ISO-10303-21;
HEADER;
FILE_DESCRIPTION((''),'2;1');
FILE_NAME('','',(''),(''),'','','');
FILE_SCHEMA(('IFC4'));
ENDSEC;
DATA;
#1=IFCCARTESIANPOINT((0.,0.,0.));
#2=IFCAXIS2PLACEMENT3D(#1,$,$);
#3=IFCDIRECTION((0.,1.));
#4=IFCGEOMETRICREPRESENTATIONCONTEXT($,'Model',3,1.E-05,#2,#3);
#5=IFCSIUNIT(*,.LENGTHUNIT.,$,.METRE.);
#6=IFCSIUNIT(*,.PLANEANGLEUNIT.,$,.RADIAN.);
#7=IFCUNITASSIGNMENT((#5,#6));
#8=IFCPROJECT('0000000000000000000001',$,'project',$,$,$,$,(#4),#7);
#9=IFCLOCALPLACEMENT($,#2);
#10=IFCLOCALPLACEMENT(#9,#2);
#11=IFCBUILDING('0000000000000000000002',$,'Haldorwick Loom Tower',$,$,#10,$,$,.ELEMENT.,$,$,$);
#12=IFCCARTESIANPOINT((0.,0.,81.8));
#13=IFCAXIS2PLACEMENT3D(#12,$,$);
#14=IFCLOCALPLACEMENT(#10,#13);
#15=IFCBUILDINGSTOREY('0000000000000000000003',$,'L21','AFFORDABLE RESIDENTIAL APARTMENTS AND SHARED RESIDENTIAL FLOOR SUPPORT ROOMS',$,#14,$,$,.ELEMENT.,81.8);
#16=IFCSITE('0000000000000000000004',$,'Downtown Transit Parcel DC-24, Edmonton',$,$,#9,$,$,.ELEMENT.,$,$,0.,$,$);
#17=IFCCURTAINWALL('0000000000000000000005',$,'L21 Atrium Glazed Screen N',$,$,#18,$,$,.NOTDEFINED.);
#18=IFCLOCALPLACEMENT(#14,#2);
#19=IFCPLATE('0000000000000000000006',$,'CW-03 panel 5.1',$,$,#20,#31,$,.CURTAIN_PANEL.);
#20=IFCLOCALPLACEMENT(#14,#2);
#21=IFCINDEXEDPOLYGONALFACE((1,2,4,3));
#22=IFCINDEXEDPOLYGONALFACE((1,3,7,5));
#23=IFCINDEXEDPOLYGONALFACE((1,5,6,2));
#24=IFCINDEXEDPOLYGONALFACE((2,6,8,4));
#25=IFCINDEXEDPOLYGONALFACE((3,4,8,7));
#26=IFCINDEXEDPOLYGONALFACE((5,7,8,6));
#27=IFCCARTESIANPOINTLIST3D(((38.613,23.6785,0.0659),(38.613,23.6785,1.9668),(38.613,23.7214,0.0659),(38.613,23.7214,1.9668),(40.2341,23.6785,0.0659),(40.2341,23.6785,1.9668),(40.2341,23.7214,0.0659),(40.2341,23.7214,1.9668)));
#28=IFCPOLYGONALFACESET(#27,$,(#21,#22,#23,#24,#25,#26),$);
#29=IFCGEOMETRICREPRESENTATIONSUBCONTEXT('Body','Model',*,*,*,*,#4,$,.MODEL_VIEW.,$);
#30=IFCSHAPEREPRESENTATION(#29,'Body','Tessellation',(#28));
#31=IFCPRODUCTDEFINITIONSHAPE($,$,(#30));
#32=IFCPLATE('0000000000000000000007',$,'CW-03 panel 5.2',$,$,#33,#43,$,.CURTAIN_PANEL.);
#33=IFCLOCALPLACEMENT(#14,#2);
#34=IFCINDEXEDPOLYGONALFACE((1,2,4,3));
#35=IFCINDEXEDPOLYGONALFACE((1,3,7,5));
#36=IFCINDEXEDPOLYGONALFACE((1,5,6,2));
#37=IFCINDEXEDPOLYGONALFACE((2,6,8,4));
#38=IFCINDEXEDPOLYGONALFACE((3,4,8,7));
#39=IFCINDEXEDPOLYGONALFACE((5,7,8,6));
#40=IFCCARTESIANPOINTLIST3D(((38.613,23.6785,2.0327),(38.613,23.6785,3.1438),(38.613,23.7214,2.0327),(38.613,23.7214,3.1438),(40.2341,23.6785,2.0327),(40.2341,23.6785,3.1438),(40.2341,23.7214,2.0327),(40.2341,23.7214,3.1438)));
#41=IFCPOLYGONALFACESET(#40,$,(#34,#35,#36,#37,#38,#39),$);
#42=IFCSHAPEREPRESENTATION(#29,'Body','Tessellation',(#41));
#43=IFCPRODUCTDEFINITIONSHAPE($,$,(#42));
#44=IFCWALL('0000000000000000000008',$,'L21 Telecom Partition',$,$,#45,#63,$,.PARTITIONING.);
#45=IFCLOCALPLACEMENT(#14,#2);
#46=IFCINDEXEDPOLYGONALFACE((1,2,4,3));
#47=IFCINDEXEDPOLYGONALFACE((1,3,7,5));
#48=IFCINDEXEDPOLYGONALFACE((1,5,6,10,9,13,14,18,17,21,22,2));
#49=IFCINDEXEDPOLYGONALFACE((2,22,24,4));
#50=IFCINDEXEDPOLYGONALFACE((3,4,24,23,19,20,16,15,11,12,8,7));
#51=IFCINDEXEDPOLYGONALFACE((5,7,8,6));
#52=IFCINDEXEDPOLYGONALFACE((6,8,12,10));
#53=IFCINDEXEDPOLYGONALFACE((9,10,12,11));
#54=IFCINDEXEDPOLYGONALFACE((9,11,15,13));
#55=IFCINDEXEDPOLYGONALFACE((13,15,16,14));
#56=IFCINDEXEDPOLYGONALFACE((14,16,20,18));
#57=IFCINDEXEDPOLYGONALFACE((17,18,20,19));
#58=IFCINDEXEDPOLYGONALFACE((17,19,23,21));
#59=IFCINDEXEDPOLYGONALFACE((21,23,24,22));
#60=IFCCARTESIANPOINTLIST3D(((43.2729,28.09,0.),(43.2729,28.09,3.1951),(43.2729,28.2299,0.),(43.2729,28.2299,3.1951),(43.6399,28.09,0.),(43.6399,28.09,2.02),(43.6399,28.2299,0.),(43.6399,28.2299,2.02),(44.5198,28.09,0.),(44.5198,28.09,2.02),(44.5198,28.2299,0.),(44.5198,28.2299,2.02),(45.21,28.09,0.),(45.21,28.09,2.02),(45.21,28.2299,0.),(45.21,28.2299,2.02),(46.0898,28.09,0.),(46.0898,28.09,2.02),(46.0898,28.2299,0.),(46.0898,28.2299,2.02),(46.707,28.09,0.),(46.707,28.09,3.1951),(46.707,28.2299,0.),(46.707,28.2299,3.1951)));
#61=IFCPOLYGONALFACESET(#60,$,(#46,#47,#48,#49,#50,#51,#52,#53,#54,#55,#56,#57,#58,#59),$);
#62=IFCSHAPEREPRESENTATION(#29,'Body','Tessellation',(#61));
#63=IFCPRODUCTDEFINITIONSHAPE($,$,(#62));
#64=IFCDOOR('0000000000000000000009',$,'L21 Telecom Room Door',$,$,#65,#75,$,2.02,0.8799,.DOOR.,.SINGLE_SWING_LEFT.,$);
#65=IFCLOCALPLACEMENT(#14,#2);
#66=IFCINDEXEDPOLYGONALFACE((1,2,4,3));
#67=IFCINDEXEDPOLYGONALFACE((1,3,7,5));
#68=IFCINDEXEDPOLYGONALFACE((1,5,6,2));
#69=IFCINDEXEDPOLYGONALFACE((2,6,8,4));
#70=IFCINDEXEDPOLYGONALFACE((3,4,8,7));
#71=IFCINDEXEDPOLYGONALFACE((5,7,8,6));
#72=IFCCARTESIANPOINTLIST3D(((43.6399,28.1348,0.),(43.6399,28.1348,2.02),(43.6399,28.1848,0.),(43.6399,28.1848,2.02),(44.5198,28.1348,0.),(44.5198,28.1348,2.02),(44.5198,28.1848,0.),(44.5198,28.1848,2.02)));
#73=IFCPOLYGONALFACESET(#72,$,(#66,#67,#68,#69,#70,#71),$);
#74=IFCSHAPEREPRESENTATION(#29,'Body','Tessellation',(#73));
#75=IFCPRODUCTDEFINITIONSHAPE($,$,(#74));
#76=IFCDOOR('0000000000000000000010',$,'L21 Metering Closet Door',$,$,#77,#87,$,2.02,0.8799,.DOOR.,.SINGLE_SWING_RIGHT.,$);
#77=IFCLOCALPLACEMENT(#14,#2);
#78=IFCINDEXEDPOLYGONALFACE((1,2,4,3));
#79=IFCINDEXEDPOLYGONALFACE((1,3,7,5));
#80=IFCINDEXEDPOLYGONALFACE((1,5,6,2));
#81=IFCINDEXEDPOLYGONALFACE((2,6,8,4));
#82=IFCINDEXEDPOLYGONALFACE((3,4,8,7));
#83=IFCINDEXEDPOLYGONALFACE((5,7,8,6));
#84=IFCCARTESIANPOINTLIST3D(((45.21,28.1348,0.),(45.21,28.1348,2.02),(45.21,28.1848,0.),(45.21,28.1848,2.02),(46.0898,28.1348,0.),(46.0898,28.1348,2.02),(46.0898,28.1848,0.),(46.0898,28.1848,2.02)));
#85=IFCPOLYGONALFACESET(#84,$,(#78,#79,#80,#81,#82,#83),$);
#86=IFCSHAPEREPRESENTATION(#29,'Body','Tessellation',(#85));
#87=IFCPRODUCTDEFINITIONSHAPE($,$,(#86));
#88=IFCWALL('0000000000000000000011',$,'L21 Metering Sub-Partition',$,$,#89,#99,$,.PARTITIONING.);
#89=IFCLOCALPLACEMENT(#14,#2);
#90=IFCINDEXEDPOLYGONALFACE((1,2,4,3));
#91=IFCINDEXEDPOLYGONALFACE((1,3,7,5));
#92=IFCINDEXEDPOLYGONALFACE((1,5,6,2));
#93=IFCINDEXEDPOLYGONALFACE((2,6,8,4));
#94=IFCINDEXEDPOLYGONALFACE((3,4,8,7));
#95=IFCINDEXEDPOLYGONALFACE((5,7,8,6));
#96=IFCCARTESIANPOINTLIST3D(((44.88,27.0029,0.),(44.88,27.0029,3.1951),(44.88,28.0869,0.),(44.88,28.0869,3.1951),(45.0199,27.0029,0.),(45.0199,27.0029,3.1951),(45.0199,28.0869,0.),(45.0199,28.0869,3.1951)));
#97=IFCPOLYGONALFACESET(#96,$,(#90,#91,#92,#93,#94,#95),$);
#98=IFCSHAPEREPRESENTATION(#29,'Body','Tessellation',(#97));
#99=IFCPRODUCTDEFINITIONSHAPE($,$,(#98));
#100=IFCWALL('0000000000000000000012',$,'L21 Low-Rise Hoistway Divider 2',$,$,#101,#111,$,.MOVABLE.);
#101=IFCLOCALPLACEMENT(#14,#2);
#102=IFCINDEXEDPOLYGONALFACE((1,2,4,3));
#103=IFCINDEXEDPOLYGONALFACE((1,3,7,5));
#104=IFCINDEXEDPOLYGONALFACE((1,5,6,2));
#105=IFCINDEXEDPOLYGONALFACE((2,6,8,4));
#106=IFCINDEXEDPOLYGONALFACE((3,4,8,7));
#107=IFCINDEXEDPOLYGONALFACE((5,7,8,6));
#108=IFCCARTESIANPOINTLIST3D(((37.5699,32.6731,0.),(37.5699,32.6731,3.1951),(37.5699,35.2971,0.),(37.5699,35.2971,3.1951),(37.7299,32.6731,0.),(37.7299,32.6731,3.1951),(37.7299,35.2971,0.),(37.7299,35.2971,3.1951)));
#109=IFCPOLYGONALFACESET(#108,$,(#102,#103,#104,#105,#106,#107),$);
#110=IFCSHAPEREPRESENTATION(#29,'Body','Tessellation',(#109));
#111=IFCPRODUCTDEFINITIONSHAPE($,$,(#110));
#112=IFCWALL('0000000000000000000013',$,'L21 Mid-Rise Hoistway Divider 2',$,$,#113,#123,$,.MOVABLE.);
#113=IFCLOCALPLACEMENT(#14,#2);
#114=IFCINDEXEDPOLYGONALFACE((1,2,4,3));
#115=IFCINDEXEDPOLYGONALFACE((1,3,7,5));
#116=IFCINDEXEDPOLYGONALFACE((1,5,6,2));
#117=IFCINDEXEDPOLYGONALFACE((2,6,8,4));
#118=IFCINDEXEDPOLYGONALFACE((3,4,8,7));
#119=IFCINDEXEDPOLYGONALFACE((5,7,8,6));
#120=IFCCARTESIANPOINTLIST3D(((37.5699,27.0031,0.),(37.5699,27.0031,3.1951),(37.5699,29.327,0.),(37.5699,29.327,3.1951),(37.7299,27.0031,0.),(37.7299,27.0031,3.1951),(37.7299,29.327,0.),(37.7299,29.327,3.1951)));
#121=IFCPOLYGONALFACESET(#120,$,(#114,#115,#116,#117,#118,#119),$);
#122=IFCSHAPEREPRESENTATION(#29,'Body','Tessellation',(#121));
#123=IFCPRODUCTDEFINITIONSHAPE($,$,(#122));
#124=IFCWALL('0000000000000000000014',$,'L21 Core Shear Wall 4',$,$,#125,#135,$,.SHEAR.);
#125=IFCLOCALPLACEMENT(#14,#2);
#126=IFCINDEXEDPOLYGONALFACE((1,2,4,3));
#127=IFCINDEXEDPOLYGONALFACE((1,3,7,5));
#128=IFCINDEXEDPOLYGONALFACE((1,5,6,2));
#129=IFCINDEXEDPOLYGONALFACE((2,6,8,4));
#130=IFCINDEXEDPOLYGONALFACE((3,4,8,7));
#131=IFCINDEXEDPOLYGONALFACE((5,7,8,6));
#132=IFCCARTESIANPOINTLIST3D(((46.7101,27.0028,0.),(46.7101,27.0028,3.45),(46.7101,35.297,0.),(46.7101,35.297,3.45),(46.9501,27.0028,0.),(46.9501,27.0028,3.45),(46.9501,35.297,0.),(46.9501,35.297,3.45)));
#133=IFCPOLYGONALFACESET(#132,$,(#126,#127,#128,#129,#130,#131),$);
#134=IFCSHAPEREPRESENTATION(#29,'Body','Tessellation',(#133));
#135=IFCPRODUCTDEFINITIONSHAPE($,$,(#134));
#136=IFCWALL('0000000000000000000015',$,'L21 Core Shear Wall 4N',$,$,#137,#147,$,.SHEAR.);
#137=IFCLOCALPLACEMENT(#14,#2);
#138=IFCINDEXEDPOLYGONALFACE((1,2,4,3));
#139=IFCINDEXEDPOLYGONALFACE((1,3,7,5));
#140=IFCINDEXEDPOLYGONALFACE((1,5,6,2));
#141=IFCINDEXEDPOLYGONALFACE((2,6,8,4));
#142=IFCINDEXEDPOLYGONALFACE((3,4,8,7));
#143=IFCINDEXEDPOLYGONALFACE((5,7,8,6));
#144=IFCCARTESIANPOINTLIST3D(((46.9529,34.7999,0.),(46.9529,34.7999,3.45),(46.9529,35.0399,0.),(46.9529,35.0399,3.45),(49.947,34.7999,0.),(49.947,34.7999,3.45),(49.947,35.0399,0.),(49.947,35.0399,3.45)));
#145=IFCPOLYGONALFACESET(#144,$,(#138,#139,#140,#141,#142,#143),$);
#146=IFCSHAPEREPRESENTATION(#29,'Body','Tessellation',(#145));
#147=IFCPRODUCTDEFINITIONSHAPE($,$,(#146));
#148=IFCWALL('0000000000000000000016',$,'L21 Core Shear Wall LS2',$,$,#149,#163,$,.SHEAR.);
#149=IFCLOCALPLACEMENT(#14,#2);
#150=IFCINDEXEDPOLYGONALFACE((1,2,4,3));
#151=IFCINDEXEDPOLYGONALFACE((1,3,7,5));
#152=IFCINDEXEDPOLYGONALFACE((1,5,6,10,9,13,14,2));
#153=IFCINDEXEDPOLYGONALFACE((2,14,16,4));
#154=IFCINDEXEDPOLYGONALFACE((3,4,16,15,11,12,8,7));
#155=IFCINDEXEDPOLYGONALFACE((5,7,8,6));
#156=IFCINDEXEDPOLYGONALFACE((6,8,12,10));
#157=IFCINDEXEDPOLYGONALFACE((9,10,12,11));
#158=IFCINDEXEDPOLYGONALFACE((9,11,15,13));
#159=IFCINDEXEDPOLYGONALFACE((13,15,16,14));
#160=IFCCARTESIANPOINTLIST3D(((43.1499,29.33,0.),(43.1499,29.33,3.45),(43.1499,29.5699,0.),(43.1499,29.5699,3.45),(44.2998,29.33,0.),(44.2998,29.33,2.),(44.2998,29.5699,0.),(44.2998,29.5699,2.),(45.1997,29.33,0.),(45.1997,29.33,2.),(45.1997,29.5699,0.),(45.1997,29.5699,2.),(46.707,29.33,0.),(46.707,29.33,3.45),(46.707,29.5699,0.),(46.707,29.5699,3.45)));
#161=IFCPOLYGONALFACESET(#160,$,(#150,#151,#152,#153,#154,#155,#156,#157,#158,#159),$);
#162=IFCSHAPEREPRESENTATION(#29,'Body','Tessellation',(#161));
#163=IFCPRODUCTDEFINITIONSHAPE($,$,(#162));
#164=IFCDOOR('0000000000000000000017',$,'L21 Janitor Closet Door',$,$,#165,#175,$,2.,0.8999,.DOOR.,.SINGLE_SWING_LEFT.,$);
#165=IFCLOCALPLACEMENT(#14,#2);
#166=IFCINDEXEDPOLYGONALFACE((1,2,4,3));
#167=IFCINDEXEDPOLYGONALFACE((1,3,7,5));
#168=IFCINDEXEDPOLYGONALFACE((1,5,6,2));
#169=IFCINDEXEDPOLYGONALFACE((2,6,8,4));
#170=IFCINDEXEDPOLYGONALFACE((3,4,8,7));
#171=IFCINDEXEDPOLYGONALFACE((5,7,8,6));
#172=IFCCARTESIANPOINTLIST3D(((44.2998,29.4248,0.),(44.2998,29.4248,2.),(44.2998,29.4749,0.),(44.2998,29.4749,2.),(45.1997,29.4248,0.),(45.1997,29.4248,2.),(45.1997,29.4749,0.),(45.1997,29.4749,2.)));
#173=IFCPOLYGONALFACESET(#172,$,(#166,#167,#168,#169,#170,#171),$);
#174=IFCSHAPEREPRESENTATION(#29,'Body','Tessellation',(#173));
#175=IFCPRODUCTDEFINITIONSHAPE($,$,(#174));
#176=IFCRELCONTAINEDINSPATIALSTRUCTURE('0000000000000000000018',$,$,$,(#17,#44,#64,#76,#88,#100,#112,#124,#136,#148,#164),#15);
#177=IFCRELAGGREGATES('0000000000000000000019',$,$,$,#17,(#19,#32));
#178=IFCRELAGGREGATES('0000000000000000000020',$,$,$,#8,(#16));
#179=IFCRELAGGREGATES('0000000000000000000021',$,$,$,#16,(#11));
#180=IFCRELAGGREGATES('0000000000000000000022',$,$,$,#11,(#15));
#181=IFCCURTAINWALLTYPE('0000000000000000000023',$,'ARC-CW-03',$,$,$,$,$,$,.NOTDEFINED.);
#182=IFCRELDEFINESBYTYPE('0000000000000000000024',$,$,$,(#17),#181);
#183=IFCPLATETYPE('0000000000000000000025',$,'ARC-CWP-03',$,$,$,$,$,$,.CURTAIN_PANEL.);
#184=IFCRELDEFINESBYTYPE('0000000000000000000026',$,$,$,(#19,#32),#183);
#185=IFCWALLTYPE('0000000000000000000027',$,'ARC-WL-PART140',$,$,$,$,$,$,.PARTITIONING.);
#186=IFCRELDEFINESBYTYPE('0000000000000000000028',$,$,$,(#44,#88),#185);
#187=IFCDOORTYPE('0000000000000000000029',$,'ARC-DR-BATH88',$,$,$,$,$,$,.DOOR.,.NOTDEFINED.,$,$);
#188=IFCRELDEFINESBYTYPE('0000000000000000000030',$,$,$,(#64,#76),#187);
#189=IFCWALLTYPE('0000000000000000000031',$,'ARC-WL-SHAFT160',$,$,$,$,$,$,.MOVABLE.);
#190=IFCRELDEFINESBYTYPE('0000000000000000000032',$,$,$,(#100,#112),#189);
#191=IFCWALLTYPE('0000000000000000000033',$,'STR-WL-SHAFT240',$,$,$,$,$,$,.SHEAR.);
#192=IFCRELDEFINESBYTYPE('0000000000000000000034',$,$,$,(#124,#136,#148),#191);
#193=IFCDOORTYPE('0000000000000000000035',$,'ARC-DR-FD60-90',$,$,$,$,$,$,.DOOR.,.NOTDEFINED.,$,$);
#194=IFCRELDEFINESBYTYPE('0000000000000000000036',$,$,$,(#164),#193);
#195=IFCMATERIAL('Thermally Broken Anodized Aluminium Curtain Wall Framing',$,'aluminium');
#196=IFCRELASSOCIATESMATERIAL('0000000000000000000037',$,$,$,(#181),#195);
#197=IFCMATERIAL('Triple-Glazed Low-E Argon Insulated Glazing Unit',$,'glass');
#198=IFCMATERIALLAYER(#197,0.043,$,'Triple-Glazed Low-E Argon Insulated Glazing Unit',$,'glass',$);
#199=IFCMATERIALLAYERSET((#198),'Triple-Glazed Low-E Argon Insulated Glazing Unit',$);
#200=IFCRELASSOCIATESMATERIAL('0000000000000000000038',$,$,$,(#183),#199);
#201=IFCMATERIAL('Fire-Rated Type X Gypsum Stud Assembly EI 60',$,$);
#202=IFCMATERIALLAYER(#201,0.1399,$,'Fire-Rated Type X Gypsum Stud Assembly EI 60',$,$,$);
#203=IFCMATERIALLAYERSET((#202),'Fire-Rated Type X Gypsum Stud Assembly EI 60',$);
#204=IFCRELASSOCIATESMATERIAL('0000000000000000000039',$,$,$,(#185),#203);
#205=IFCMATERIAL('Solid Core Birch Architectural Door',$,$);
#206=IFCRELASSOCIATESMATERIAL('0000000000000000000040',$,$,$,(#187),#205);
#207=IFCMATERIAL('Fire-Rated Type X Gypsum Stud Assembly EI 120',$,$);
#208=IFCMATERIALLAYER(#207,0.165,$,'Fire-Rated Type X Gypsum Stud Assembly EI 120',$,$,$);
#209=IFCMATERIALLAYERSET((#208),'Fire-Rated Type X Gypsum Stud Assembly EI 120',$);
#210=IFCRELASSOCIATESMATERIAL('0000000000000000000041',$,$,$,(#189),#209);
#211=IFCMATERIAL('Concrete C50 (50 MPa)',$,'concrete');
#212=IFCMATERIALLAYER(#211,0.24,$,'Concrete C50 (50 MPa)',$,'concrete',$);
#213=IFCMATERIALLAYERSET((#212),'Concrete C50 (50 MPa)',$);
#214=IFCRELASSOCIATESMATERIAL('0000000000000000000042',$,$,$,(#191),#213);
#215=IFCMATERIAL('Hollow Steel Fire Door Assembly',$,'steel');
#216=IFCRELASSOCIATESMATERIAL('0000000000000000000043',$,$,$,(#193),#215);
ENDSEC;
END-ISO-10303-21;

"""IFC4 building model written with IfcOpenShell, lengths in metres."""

from ifc_helpers import new_model, si_unit, direction, frame, frame_2d, origin, origin_2d, place, context, subcontext, project, spatial, rectangle, extrude, material, layer, layer_set, type_object, element, fill, aggregate, save


model = new_model("IFC4")

# Units and contexts
model_context = context("Model", 3, precision=1e-05, world=origin(), true_north=direction((0.0, 1.0)))
body_context = subcontext(model_context, "Body", "Model", "MODEL_VIEW")
ifc_project = project(units=[si_unit("LENGTHUNIT", "METRE"), si_unit("PLANEANGLEUNIT", "RADIAN")], contexts=[model_context])

# Site, building, storey
site_placement = place(None, origin())
site = spatial("IfcSite", under=ifc_project, at=site_placement, Name="Downtown Transit Parcel DC-24, Edmonton", CompositionType="ELEMENT", RefElevation=0.0)
building_placement = place(site_placement, origin())
building = spatial("IfcBuilding", under=site, at=building_placement, Name="Haldorwick Loom Tower", CompositionType="ELEMENT")
storey_placement = place(building_placement, frame((0.0, 0.0, 81.8)))
storey = spatial("IfcBuildingStorey", under=building, at=storey_placement, Name="L21", Description="AFFORDABLE RESIDENTIAL APARTMENTS AND SHARED RESIDENTIAL FLOOR SUPPORT ROOMS", CompositionType="ELEMENT", Elevation=81.8)

# Curtain wall
ifc_material_1 = material(Name="Thermally Broken Anodized Aluminium Curtain Wall Framing", Category="aluminium")
curtain_wall_type = type_object("IfcCurtainWallType", Name="ARC-CW-03", PredefinedType="NOTDEFINED", material=ifc_material_1)
curtain_wall_placement = place(storey_placement, origin())
curtain_wall = element("IfcCurtainWall", 1, at=curtain_wall_placement, inside=storey, type_object=curtain_wall_type, Name="L21 Atrium Glazed Screen N", PredefinedType="NOTDEFINED")

# Plates
ifc_material_2 = material(Name="Triple-Glazed Low-E Argon Insulated Glazing Unit", Category="glass")
ifc_layer_1 = layer(ifc_material_2, 0.043, Name="Triple-Glazed Low-E Argon Insulated Glazing Unit", Category="glass")
ifc_layer_set_1 = layer_set([ifc_layer_1], Name="Triple-Glazed Low-E Argon Insulated Glazing Unit")
plate_type = type_object("IfcPlateType", Name="ARC-CWP-03", PredefinedType="CURTAIN_PANEL", material=ifc_layer_set_1)
plate_1_placement = place(storey_placement, frame((39.4236, 23.7, 0.0659), z_axis=(0.0, 0.0, 1.0), x_axis=(1.0, 0.0, 0.0)))
plate_1 = element("IfcPlate", 2, at=plate_1_placement, type_object=plate_type, Name="CW-03 panel 5.1", PredefinedType="CURTAIN_PANEL", context=body_context, shape_type="SweptSolid", body=[
    extrude(rectangle(XDim=1.6211, YDim=0.043, at=origin_2d()), origin(), (0.0, 0.0, 1.0), 1.9009),
])
plate_2_placement = place(storey_placement, frame((39.4236, 23.7, 2.0327), z_axis=(0.0, 0.0, 1.0), x_axis=(1.0, 0.0, 0.0)))
plate_2 = element("IfcPlate", 3, at=plate_2_placement, type_object=plate_type, Name="CW-03 panel 5.2", PredefinedType="CURTAIN_PANEL", context=body_context, shape_type="SweptSolid", body=[
    extrude(rectangle(XDim=1.6211, YDim=0.043, at=origin_2d()), origin(), (0.0, 0.0, 1.0), 1.1111),
])
aggregate(curtain_wall, [plate_1, plate_2])

# Wall, openings, doors
ifc_material_3 = material(Name="Fire-Rated Type X Gypsum Stud Assembly EI 60")
ifc_layer_2 = layer(ifc_material_3, 0.1399, Name="Fire-Rated Type X Gypsum Stud Assembly EI 60")
ifc_layer_set_2 = layer_set([ifc_layer_2], Name="Fire-Rated Type X Gypsum Stud Assembly EI 60")
wall_type_1 = type_object("IfcWallType", Name="ARC-WL-PART140", PredefinedType="PARTITIONING", material=ifc_layer_set_2)
wall_1_placement = place(storey_placement, frame((43.2729, 28.1599, 0.0), z_axis=(0.0, 0.0, 1.0), x_axis=(1.0, 0.0, 0.0)))
wall_1 = element("IfcWall", 4, at=wall_1_placement, inside=storey, type_object=wall_type_1, Name="L21 Telecom Partition", PredefinedType="PARTITIONING", context=body_context, shape_type="SweptSolid", body=[
    extrude(rectangle(XDim=3.4341, YDim=0.1399, at=frame_2d((1.717, 0.0))), origin(), (0.0, 0.0, 1.0), 3.1951),
])
opening_1_placement = place(wall_1_placement, frame((0.3669, 0.0, 0.0)))
opening_1 = element("IfcOpeningElement", 5, at=opening_1_placement, cuts=wall_1, PredefinedType="OPENING", context=body_context, shape_type="SweptSolid", body=[
    extrude(rectangle(XDim=0.8799, YDim=2.02, at=frame_2d((0.4399, 1.01))), frame((0.0, 0.0798, 0.0), z_axis=(0.0, -1.0, 0.0), x_axis=(1.0, 0.0, 0.0)), (0.0, 0.0, 1.0), 0.1599),
])
opening_2_placement = place(wall_1_placement, frame((1.937, 0.0, 0.0)))
opening_2 = element("IfcOpeningElement", 6, at=opening_2_placement, cuts=wall_1, PredefinedType="OPENING", context=body_context, shape_type="SweptSolid", body=[
    extrude(rectangle(XDim=0.8799, YDim=2.02, at=frame_2d((0.4399, 1.01))), frame((0.0, 0.0798, 0.0), z_axis=(0.0, -1.0, 0.0), x_axis=(1.0, 0.0, 0.0)), (0.0, 0.0, 1.0), 0.1599),
])
ifc_material_4 = material(Name="Solid Core Birch Architectural Door")
door_type_1 = type_object("IfcDoorType", Name="ARC-DR-BATH88", OperationType="NOTDEFINED", PredefinedType="DOOR", material=ifc_material_4)
door_1_placement = place(opening_1_placement, origin())
door_1 = element("IfcDoor", 7, at=door_1_placement, inside=storey, type_object=door_type_1, Name="L21 Telecom Room Door", OperationType="SINGLE_SWING_LEFT", OverallHeight=2.02, OverallWidth=0.8799, PredefinedType="DOOR", context=body_context, shape_type="SweptSolid", body=[
    extrude(rectangle(XDim=0.8799, YDim=2.02, at=frame_2d((0.4399, 1.01))), frame((0.0, 0.0249, 0.0), z_axis=(0.0, -1.0, 0.0), x_axis=(1.0, 0.0, 0.0)), (0.0, 0.0, 1.0), 0.05),
])
fill(opening_1, door_1)
door_2_placement = place(opening_2_placement, origin())
door_2 = element("IfcDoor", 8, at=door_2_placement, inside=storey, type_object=door_type_1, Name="L21 Metering Closet Door", OperationType="SINGLE_SWING_RIGHT", OverallHeight=2.02, OverallWidth=0.8799, PredefinedType="DOOR", context=body_context, shape_type="SweptSolid", body=[
    extrude(rectangle(XDim=0.8799, YDim=2.02, at=frame_2d((0.4399, 1.01))), frame((0.0, 0.0249, 0.0), z_axis=(0.0, -1.0, 0.0), x_axis=(1.0, 0.0, 0.0)), (0.0, 0.0, 1.0), 0.05),
])
fill(opening_2, door_2)

# Walls
wall_2_placement = place(storey_placement, frame((44.95, 27.0029, 0.0), z_axis=(0.0, 0.0, 1.0), x_axis=(0.0, 1.0, 0.0)))
element("IfcWall", 9, at=wall_2_placement, inside=storey, type_object=wall_type_1, Name="L21 Metering Sub-Partition", PredefinedType="PARTITIONING", context=body_context, shape_type="SweptSolid", body=[
    extrude(rectangle(XDim=1.084, YDim=0.1399, at=frame_2d((0.542, 0.0))), origin(), (0.0, 0.0, 1.0), 3.1951),
])
ifc_material_5 = material(Name="Fire-Rated Type X Gypsum Stud Assembly EI 120")
ifc_layer_3 = layer(ifc_material_5, 0.165, Name="Fire-Rated Type X Gypsum Stud Assembly EI 120")
ifc_layer_set_3 = layer_set([ifc_layer_3], Name="Fire-Rated Type X Gypsum Stud Assembly EI 120")
wall_type_2 = type_object("IfcWallType", Name="ARC-WL-SHAFT160", PredefinedType="MOVABLE", material=ifc_layer_set_3)
wall_3_placement = place(storey_placement, frame((37.6499, 32.6731, 0.0), z_axis=(0.0, 0.0, 1.0), x_axis=(0.0, 1.0, 0.0)))
element("IfcWall", 10, at=wall_3_placement, inside=storey, type_object=wall_type_2, Name="L21 Low-Rise Hoistway Divider 2", PredefinedType="MOVABLE", context=body_context, shape_type="SweptSolid", body=[
    extrude(rectangle(XDim=2.624, YDim=0.1599, at=frame_2d((1.312, 0.0))), origin(), (0.0, 0.0, 1.0), 3.1951),
])
wall_4_placement = place(storey_placement, frame((37.6499, 27.0029, 0.0), z_axis=(0.0, 0.0, 1.0), x_axis=(0.0, 1.0, 0.0)))
element("IfcWall", 11, at=wall_4_placement, inside=storey, type_object=wall_type_2, Name="L21 Mid-Rise Hoistway Divider 2", PredefinedType="MOVABLE", context=body_context, shape_type="SweptSolid", body=[
    extrude(rectangle(XDim=2.324, YDim=0.1599, at=frame_2d((1.1621, 0.0))), origin(), (0.0, 0.0, 1.0), 3.1951),
])
ifc_material_6 = material(Name="Concrete C50 (50 MPa)", Category="concrete")
ifc_layer_4 = layer(ifc_material_6, 0.24, Name="Concrete C50 (50 MPa)", Category="concrete")
ifc_layer_set_4 = layer_set([ifc_layer_4], Name="Concrete C50 (50 MPa)")
wall_type_3 = type_object("IfcWallType", Name="STR-WL-SHAFT240", PredefinedType="SHEAR", material=ifc_layer_set_4)
wall_5_placement = place(storey_placement, frame((46.8301, 27.0029, 0.0), z_axis=(0.0, 0.0, 1.0), x_axis=(0.0, 1.0, 0.0)))
element("IfcWall", 12, at=wall_5_placement, inside=storey, type_object=wall_type_3, Name="L21 Core Shear Wall 4", PredefinedType="SHEAR", context=body_context, shape_type="SweptSolid", body=[
    extrude(rectangle(XDim=8.2942, YDim=0.24, at=frame_2d((4.147, 0.0))), origin(), (0.0, 0.0, 1.0), 3.45),
])
wall_6_placement = place(storey_placement, frame((46.9529, 34.9199, 0.0), z_axis=(0.0, 0.0, 1.0), x_axis=(1.0, 0.0, 0.0)))
element("IfcWall", 13, at=wall_6_placement, inside=storey, type_object=wall_type_3, Name="L21 Core Shear Wall 4N", PredefinedType="SHEAR", context=body_context, shape_type="SweptSolid", body=[
    extrude(rectangle(XDim=2.9941, YDim=0.24, at=frame_2d((1.4971, 0.0))), origin(), (0.0, 0.0, 1.0), 3.45),
])

# Wall, opening, door
wall_7_placement = place(storey_placement, frame((43.1499, 29.45, 0.0), z_axis=(0.0, 0.0, 1.0), x_axis=(1.0, 0.0, 0.0)))
wall_7 = element("IfcWall", 14, at=wall_7_placement, inside=storey, type_object=wall_type_3, Name="L21 Core Shear Wall LS2", PredefinedType="SHEAR", context=body_context, shape_type="SweptSolid", body=[
    extrude(rectangle(XDim=3.5571, YDim=0.24, at=frame_2d((1.7786, 0.0))), origin(), (0.0, 0.0, 1.0), 3.45),
])
opening_3_placement = place(wall_7_placement, frame((1.1499, 0.0, 0.0)))
opening_3 = element("IfcOpeningElement", 15, at=opening_3_placement, cuts=wall_7, PredefinedType="OPENING", context=body_context, shape_type="SweptSolid", body=[
    extrude(rectangle(XDim=0.8999, YDim=2.0, at=frame_2d((0.45, 1.0))), frame((0.0, 0.1299, 0.0), z_axis=(0.0, -1.0, 0.0), x_axis=(1.0, 0.0, 0.0)), (0.0, 0.0, 1.0), 0.26),
])
ifc_material_7 = material(Name="Hollow Steel Fire Door Assembly", Category="steel")
door_type_2 = type_object("IfcDoorType", Name="ARC-DR-FD60-90", OperationType="NOTDEFINED", PredefinedType="DOOR", material=ifc_material_7)
door_3_placement = place(opening_3_placement, origin())
door_3 = element("IfcDoor", 16, at=door_3_placement, inside=storey, type_object=door_type_2, Name="L21 Janitor Closet Door", OperationType="SINGLE_SWING_LEFT", OverallHeight=2.0, OverallWidth=0.8999, PredefinedType="DOOR", context=body_context, shape_type="SweptSolid", body=[
    extrude(rectangle(XDim=0.8999, YDim=2.0, at=frame_2d((0.45, 1.0))), frame((0.0, 0.0249, 0.0), z_axis=(0.0, -1.0, 0.0), x_axis=(1.0, 0.0, 0.0)), (0.0, 0.0, 1.0), 0.05),
])
fill(opening_3, door_3)

save(model, "model.ifc")
